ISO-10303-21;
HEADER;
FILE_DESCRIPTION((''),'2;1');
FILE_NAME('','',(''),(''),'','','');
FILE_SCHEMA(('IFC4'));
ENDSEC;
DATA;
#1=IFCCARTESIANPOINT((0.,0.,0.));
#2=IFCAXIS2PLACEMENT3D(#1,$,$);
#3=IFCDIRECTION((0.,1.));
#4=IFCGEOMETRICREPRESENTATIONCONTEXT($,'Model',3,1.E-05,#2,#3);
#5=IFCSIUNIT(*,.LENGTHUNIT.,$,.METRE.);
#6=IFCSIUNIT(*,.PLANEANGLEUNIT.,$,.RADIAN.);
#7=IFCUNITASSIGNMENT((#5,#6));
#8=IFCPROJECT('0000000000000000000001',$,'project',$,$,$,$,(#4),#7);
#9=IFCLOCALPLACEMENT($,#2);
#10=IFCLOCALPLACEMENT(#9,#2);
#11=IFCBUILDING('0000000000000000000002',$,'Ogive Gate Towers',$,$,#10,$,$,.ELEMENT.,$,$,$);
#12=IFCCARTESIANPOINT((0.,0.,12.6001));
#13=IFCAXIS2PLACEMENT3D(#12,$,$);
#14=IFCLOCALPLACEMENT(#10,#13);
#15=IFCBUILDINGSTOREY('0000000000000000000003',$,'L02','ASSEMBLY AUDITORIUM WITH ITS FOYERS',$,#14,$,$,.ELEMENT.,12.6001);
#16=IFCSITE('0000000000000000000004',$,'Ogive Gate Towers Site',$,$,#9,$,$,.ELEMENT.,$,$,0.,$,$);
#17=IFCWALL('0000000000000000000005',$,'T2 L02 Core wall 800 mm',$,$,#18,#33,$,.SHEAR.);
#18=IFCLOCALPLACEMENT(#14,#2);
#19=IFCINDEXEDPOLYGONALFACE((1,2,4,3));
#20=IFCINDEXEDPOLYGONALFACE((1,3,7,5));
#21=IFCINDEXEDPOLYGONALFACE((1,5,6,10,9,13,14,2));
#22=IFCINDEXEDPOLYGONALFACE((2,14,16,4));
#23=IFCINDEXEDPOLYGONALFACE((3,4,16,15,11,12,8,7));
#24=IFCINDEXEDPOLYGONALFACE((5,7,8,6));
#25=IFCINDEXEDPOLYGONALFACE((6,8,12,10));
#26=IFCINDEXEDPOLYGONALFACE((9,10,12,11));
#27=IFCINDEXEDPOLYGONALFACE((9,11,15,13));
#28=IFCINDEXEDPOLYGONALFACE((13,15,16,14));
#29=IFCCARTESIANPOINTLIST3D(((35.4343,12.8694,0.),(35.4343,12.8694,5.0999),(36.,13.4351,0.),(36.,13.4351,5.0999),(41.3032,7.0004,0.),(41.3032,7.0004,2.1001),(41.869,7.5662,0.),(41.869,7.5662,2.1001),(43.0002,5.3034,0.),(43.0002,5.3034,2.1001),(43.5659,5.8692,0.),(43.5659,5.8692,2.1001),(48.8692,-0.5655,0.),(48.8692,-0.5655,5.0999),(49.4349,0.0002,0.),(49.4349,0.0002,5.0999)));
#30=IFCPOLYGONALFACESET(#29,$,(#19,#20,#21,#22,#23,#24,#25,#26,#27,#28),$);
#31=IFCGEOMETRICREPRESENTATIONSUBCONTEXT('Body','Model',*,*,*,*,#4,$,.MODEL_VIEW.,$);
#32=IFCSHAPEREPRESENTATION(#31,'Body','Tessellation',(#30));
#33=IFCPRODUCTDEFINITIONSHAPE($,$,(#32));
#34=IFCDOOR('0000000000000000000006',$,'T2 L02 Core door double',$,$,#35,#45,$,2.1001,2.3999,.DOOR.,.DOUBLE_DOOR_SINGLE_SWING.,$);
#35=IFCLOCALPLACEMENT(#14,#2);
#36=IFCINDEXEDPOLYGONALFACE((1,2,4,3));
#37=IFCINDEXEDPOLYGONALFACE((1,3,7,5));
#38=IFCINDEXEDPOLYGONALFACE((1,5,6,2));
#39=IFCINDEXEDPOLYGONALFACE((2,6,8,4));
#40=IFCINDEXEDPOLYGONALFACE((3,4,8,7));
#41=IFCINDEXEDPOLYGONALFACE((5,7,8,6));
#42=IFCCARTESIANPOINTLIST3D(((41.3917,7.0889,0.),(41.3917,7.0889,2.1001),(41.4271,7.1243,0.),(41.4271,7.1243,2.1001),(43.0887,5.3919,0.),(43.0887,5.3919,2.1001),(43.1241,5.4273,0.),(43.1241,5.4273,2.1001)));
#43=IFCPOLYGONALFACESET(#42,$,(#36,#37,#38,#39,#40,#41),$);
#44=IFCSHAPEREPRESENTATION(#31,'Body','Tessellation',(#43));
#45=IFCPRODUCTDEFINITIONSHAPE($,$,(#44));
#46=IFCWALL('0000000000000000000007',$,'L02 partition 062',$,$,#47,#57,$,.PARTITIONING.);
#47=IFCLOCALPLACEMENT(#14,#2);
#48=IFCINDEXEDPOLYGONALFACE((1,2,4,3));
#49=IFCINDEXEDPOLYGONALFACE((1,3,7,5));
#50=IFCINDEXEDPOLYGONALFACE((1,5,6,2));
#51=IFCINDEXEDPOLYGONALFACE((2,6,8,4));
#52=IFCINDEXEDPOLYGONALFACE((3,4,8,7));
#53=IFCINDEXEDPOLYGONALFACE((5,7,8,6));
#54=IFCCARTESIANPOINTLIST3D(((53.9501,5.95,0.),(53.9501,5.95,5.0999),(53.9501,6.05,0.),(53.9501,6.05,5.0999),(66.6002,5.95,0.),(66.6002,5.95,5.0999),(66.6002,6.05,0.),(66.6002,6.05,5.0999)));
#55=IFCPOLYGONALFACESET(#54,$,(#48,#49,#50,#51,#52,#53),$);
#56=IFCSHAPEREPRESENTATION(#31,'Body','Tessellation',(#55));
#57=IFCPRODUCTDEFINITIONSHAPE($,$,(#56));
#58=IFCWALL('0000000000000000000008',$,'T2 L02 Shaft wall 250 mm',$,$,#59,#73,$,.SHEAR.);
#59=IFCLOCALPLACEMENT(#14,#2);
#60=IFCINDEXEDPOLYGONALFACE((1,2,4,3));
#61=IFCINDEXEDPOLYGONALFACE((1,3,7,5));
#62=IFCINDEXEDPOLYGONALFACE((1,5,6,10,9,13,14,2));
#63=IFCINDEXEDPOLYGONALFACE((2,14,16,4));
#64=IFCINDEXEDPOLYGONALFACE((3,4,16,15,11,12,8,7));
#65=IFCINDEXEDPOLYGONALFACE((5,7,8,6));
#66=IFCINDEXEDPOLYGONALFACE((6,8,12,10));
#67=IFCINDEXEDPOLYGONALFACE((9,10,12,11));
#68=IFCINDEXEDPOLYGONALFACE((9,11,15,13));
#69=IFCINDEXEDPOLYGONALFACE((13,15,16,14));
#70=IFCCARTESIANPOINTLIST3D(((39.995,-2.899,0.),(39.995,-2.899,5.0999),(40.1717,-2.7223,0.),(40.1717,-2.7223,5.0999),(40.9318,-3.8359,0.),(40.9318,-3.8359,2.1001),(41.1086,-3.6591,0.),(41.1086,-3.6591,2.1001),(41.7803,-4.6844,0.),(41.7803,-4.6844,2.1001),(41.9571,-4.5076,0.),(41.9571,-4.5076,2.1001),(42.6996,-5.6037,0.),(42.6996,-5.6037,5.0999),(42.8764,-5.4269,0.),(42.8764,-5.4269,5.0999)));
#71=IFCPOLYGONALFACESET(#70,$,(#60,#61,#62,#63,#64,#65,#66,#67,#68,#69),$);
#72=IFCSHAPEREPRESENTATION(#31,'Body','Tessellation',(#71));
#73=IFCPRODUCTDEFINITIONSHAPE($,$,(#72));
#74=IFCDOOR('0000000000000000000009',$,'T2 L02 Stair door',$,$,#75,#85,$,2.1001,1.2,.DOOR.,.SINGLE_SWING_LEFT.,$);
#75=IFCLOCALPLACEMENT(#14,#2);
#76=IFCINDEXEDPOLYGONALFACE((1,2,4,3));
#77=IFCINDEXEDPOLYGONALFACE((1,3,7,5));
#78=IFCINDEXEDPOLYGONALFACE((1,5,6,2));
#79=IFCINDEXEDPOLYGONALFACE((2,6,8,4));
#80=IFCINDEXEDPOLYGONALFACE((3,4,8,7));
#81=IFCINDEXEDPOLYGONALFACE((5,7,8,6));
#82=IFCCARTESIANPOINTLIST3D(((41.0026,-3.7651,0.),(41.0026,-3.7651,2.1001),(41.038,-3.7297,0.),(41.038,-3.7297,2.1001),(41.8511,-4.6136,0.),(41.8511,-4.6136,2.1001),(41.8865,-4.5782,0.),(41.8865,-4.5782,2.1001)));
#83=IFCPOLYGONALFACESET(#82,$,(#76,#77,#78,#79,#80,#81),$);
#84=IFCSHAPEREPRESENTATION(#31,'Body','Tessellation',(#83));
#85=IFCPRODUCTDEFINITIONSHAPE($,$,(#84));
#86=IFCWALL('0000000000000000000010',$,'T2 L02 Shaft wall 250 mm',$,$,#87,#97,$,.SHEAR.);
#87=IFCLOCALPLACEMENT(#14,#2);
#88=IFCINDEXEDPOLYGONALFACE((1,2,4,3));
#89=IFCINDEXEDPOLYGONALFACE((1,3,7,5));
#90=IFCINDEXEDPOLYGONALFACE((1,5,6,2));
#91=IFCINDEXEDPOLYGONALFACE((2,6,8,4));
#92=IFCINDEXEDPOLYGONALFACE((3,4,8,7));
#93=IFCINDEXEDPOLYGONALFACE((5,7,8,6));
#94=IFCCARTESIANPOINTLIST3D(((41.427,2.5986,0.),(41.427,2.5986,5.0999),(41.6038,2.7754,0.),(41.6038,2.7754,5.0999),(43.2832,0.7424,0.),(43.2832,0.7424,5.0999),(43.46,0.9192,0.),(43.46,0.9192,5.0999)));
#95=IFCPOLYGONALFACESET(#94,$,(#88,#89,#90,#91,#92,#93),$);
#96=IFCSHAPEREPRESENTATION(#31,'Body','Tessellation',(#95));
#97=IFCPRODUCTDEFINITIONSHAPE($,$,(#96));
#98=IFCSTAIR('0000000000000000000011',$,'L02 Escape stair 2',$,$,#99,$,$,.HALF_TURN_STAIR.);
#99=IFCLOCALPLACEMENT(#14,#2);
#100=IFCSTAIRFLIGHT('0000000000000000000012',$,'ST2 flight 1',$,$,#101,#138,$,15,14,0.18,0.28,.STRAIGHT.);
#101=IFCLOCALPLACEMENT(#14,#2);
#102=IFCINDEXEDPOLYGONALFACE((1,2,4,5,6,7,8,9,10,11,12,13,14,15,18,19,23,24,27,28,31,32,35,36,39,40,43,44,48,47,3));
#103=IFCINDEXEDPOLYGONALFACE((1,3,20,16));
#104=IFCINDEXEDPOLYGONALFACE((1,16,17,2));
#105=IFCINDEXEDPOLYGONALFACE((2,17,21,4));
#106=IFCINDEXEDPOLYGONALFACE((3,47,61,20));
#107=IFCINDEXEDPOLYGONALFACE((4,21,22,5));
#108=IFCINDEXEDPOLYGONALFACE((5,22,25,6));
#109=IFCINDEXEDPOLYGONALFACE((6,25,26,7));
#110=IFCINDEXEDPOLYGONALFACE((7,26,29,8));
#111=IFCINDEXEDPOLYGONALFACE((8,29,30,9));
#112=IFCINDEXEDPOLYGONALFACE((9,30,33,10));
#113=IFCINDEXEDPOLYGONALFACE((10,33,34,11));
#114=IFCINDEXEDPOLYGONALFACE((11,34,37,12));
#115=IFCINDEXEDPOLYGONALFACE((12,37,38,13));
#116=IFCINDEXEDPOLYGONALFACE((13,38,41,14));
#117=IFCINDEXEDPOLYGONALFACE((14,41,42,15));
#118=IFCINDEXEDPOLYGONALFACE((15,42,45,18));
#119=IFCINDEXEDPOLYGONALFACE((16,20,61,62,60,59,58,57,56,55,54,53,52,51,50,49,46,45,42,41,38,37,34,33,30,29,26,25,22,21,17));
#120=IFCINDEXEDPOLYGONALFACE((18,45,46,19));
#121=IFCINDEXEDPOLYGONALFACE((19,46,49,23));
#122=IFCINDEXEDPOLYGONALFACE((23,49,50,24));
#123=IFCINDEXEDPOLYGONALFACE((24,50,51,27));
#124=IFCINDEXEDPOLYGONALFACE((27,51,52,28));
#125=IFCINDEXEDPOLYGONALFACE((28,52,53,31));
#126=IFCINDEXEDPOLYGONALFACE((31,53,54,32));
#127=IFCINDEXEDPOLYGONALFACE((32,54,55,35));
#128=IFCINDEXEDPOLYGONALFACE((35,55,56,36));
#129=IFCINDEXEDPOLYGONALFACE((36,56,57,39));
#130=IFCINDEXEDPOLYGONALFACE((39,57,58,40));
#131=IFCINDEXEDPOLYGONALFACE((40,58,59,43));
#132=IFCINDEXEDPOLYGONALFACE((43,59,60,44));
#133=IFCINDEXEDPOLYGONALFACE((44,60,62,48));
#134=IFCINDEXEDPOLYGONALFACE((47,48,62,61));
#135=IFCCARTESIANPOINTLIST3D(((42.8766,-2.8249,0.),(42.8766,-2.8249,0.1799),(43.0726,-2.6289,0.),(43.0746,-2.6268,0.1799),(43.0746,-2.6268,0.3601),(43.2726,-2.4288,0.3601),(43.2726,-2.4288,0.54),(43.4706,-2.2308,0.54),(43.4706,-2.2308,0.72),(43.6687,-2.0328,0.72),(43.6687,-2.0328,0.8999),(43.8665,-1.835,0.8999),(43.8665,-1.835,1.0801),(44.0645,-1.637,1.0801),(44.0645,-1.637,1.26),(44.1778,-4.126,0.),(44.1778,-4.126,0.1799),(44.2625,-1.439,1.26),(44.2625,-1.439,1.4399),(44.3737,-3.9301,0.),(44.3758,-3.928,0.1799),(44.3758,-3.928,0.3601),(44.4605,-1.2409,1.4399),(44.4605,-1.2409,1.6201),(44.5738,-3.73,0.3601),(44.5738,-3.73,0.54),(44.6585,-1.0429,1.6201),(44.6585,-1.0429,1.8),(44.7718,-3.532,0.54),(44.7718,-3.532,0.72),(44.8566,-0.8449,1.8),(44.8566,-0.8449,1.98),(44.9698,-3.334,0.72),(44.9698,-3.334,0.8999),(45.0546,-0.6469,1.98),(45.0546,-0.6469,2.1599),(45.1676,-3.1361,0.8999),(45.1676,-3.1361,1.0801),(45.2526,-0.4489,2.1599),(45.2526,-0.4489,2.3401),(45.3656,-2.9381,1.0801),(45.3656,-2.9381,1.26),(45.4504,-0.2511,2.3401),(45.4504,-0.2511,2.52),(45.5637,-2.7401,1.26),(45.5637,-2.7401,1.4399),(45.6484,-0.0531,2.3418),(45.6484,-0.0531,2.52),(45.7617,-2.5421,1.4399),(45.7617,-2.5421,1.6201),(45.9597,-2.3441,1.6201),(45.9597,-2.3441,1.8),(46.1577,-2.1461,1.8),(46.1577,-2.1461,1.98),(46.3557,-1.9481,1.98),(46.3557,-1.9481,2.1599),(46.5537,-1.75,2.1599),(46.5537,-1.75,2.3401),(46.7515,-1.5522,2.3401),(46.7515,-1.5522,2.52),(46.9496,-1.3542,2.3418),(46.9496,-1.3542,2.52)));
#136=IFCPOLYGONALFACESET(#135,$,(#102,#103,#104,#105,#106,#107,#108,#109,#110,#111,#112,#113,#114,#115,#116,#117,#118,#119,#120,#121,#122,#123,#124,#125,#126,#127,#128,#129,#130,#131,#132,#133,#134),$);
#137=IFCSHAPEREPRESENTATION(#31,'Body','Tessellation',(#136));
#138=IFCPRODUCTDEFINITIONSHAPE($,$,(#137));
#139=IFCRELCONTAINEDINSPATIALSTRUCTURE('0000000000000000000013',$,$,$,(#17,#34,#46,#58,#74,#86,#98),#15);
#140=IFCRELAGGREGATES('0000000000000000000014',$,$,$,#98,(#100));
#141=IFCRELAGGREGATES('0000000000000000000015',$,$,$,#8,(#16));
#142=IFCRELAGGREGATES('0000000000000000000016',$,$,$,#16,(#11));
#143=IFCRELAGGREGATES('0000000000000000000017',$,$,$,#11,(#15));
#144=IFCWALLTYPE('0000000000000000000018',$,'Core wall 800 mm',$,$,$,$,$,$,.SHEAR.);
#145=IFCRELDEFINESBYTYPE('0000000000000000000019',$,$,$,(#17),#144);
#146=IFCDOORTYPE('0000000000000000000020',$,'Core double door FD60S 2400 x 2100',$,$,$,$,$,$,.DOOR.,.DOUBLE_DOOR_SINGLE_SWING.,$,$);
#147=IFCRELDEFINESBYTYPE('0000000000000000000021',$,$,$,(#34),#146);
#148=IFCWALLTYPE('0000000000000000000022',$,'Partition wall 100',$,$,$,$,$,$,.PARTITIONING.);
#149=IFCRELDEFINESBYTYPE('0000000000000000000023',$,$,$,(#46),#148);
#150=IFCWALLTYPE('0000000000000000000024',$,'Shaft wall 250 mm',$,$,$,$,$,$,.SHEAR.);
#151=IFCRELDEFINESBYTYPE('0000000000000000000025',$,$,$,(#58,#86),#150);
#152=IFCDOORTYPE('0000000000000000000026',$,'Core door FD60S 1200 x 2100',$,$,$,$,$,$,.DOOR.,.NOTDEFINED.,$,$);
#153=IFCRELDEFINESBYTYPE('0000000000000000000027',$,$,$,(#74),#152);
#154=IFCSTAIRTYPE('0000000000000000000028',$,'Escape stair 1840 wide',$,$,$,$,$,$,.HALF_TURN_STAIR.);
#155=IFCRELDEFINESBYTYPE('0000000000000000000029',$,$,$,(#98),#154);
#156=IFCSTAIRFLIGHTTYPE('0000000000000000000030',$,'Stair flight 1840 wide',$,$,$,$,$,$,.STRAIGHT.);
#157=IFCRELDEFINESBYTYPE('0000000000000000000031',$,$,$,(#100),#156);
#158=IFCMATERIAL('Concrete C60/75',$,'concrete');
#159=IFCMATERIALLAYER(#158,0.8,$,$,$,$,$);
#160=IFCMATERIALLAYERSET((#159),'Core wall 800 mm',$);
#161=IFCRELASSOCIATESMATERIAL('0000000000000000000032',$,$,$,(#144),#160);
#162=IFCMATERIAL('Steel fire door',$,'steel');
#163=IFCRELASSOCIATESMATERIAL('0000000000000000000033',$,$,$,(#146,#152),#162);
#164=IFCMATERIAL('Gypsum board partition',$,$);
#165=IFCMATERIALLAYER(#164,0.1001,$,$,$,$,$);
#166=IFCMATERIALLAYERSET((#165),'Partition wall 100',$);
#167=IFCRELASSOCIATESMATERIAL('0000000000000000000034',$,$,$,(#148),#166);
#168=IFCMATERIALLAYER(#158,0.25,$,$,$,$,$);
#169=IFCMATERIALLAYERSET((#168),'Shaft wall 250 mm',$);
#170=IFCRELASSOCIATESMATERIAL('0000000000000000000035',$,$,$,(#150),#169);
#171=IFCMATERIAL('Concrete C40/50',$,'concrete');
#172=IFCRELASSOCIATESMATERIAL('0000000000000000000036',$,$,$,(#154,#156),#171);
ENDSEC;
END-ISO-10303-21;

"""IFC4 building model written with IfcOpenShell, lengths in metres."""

from ifc_helpers import new_model, si_unit, direction, frame, frame_2d, origin, place, context, subcontext, project, spatial, polyline, rectangle, outline, extrude, material, layer, layer_set, type_object, element, fill, aggregate, save


model = new_model("IFC4")

# Units and contexts
model_context = context("Model", 3, precision=1e-05, world=origin(), true_north=direction((0.0, 1.0)))
body_context = subcontext(model_context, "Body", "Model", "MODEL_VIEW")
ifc_project = project(units=[si_unit("LENGTHUNIT", "METRE"), si_unit("PLANEANGLEUNIT", "RADIAN")], contexts=[model_context])

# Site, building, storey
site_placement = place(None, origin())
site = spatial("IfcSite", under=ifc_project, at=site_placement, Name="Ogive Gate Towers Site", CompositionType="ELEMENT", RefElevation=0.0)
building_placement = place(site_placement, origin())
building = spatial("IfcBuilding", under=site, at=building_placement, Name="Ogive Gate Towers", CompositionType="ELEMENT")
storey_placement = place(building_placement, frame((0.0, 0.0, 12.6001)))
storey = spatial("IfcBuildingStorey", under=building, at=storey_placement, Name="L02", Description="ASSEMBLY AUDITORIUM WITH ITS FOYERS", CompositionType="ELEMENT", Elevation=12.6001)

# Shared definitions
ifc_material_1 = material(Name="Concrete C40/50", Category="concrete")

# Wall, opening, door
ifc_material_2 = material(Name="Concrete C60/75", Category="concrete")
ifc_layer_1 = layer(ifc_material_2, 0.8)
ifc_layer_set_1 = layer_set([ifc_layer_1], Name="Core wall 800 mm")
wall_type_1 = type_object("IfcWallType", Name="Core wall 800 mm", PredefinedType="SHEAR", material=ifc_layer_set_1)
wall_1_placement = place(storey_placement, frame((49.1521, -0.2827, 0.0), z_axis=(0.0, 0.0, 1.0), x_axis=(-0.707107, 0.707107, 0.0)))
wall_1 = element("IfcWall", 1, at=wall_1_placement, inside=storey, type_object=wall_type_1, Name="T2 L02 Core wall 800 mm", PredefinedType="SHEAR", context=body_context, shape_type="SweptSolid", body=[
    extrude(rectangle(XDim=18.9998, YDim=0.8, at=frame_2d((9.5, 0.0))), origin(), (0.0, 0.0, 1.0), 5.0999),
])
opening_1_placement = place(wall_1_placement, frame((8.3, 0.0, 0.0)))
opening_1 = element("IfcOpeningElement", 2, at=opening_1_placement, cuts=wall_1, PredefinedType="OPENING", context=body_context, shape_type="SweptSolid", body=[
    extrude(rectangle(XDim=2.3999, YDim=2.1001, at=frame_2d((1.2, 1.05))), frame((0.0, 0.4102, 0.0), z_axis=(0.0, -1.0, 0.0), x_axis=(1.0, 0.0, 0.0)), (0.0, 0.0, 1.0), 0.8201),
])
ifc_material_3 = material(Name="Steel fire door", Category="steel")
door_type_1 = type_object("IfcDoorType", Name="Core double door FD60S 2400 x 2100", OperationType="DOUBLE_DOOR_SINGLE_SWING", PredefinedType="DOOR", material=ifc_material_3)
door_1_placement = place(opening_1_placement, origin())
door_1 = element("IfcDoor", 3, at=door_1_placement, inside=storey, type_object=door_type_1, Name="T2 L02 Core door double", OperationType="DOUBLE_DOOR_SINGLE_SWING", OverallHeight=2.1001, OverallWidth=2.3999, PredefinedType="DOOR", context=body_context, shape_type="SweptSolid", body=[
    extrude(rectangle(XDim=2.3999, YDim=2.1001, at=frame_2d((1.2, 1.05))), frame((0.0, 0.2749, 0.0), z_axis=(0.0, -1.0, 0.0), x_axis=(1.0, 0.0, 0.0)), (0.0, 0.0, 1.0), 0.05),
])
fill(opening_1, door_1)

# Wall
ifc_material_4 = material(Name="Gypsum board partition")
ifc_layer_2 = layer(ifc_material_4, 0.1001)
ifc_layer_set_2 = layer_set([ifc_layer_2], Name="Partition wall 100")
wall_type_2 = type_object("IfcWallType", Name="Partition wall 100", PredefinedType="PARTITIONING", material=ifc_layer_set_2)
wall_2_placement = place(storey_placement, frame((53.95, 6.0, 0.0), z_axis=(0.0, 0.0, 1.0), x_axis=(1.0, 0.0, 0.0)))
element("IfcWall", 4, at=wall_2_placement, inside=storey, type_object=wall_type_2, Name="L02 partition 062", PredefinedType="PARTITIONING", context=body_context, shape_type="SweptSolid", body=[
    extrude(rectangle(XDim=12.6501, YDim=0.1001, at=frame_2d((6.3252, 0.0))), origin(), (0.0, 0.0, 1.0), 5.0999),
])

# Wall, opening, door
ifc_layer_3 = layer(ifc_material_2, 0.25)
ifc_layer_set_3 = layer_set([ifc_layer_3], Name="Shaft wall 250 mm")
wall_type_3 = type_object("IfcWallType", Name="Shaft wall 250 mm", PredefinedType="SHEAR", material=ifc_layer_set_3)
wall_3_placement = place(storey_placement, frame((42.7881, -5.5154, 0.0), z_axis=(0.0, 0.0, 1.0), x_axis=(-0.707107, 0.707107, 0.0)))
wall_3 = element("IfcWall", 5, at=wall_3_placement, inside=storey, type_object=wall_type_3, Name="T2 L02 Shaft wall 250 mm", PredefinedType="SHEAR", context=body_context, shape_type="SweptSolid", body=[
    extrude(rectangle(XDim=3.825, YDim=0.25, at=frame_2d((1.9126, 0.0))), origin(), (0.0, 0.0, 1.0), 5.0999),
])
opening_2_placement = place(wall_3_placement, frame((1.3, 0.0, 0.0)))
opening_2 = element("IfcOpeningElement", 6, at=opening_2_placement, cuts=wall_3, PredefinedType="OPENING", context=body_context, shape_type="SweptSolid", body=[
    extrude(rectangle(XDim=1.2, YDim=2.1001, at=frame_2d((0.6001, 1.05))), frame((0.0, 0.135, 0.0), z_axis=(0.0, -1.0, 0.0), x_axis=(1.0, 0.0, 0.0)), (0.0, 0.0, 1.0), 0.27),
])
door_type_2 = type_object("IfcDoorType", Name="Core door FD60S 1200 x 2100", OperationType="NOTDEFINED", PredefinedType="DOOR", material=ifc_material_3)
door_2_placement = place(opening_2_placement, origin())
door_2 = element("IfcDoor", 7, at=door_2_placement, inside=storey, type_object=door_type_2, Name="T2 L02 Stair door", OperationType="SINGLE_SWING_LEFT", OverallHeight=2.1001, OverallWidth=1.2, PredefinedType="DOOR", context=body_context, shape_type="SweptSolid", body=[
    extrude(rectangle(XDim=1.2, YDim=2.1001, at=frame_2d((0.6001, 1.05))), frame((0.0, 0.0249, 0.0), z_axis=(0.0, -1.0, 0.0), x_axis=(1.0, 0.0, 0.0)), (0.0, 0.0, 1.0), 0.05),
])
fill(opening_2, door_2)

# Wall
wall_4_placement = place(storey_placement, frame((43.3716, 0.8308, 0.0), z_axis=(0.0, 0.0, 1.0), x_axis=(-0.707107, 0.707107, 0.0)))
element("IfcWall", 8, at=wall_4_placement, inside=storey, type_object=wall_type_3, Name="T2 L02 Shaft wall 250 mm", PredefinedType="SHEAR", context=body_context, shape_type="SweptSolid", body=[
    extrude(rectangle(XDim=2.625, YDim=0.25, at=frame_2d((1.3125, 0.0))), origin(), (0.0, 0.0, 1.0), 5.0999),
])

# Stair, stair flight
stair_type = type_object("IfcStairType", Name="Escape stair 1840 wide", PredefinedType="HALF_TURN_STAIR", material=ifc_material_1)
stair_placement = place(storey_placement, origin())
stair = element("IfcStair", 9, at=stair_placement, inside=storey, type_object=stair_type, Name="L02 Escape stair 2", PredefinedType="HALF_TURN_STAIR")
stair_flight_type = type_object("IfcStairFlightType", Name="Stair flight 1840 wide", PredefinedType="STRAIGHT", material=ifc_material_1)
stair_flight_1_placement = place(storey_placement, frame((43.5271, -3.4753, 0.0), z_axis=(0.0, 0.0, 1.0), x_axis=(0.707107, 0.707107, 0.0)))
stair_flight_1 = element("IfcStairFlight", 10, at=stair_flight_1_placement, type_object=stair_flight_type, Name="ST2 flight 1", NumberOfRisers=15, NumberOfTreads=14, PredefinedType="STRAIGHT", RiserHeight=0.18, TreadLength=0.28, context=body_context, shape_type="SweptSolid", body=[
    extrude(outline(polyline([(0.0, 0.0), (0.0, 0.1799), (0.28, 0.1799), (0.28, 0.3601), (0.5601, 0.3601), (0.5601, 0.54), (0.8401, 0.54), (0.8401, 0.72), (1.1201, 0.72), (1.1201, 0.8999), (1.3999, 0.8999), (1.3999, 1.0801), (1.6799, 1.0801), (1.6799, 1.26), (1.96, 1.26), (1.96, 1.4399), (2.24, 1.4399), (2.24, 1.6201), (2.52, 1.6201), (2.52, 1.8), (2.8, 1.8), (2.8, 1.98), (3.0801, 1.98), (3.0801, 2.1599), (3.3601, 2.1599), (3.3601, 2.3401), (3.6399, 2.3401), (3.6399, 2.52), (3.9199, 2.52), (3.9199, 2.7), (3.9199, 2.3418), (0.2771, 0.0), (0.0, 0.0)])), frame((0.0, 0.9199, 0.0), z_axis=(0.0, -1.0, 0.0), x_axis=(1.0, 0.0, 0.0)), (0.0, 0.0, 1.0), 1.8401),
])
aggregate(stair, [stair_flight_1])

save(model, "model.ifc")
